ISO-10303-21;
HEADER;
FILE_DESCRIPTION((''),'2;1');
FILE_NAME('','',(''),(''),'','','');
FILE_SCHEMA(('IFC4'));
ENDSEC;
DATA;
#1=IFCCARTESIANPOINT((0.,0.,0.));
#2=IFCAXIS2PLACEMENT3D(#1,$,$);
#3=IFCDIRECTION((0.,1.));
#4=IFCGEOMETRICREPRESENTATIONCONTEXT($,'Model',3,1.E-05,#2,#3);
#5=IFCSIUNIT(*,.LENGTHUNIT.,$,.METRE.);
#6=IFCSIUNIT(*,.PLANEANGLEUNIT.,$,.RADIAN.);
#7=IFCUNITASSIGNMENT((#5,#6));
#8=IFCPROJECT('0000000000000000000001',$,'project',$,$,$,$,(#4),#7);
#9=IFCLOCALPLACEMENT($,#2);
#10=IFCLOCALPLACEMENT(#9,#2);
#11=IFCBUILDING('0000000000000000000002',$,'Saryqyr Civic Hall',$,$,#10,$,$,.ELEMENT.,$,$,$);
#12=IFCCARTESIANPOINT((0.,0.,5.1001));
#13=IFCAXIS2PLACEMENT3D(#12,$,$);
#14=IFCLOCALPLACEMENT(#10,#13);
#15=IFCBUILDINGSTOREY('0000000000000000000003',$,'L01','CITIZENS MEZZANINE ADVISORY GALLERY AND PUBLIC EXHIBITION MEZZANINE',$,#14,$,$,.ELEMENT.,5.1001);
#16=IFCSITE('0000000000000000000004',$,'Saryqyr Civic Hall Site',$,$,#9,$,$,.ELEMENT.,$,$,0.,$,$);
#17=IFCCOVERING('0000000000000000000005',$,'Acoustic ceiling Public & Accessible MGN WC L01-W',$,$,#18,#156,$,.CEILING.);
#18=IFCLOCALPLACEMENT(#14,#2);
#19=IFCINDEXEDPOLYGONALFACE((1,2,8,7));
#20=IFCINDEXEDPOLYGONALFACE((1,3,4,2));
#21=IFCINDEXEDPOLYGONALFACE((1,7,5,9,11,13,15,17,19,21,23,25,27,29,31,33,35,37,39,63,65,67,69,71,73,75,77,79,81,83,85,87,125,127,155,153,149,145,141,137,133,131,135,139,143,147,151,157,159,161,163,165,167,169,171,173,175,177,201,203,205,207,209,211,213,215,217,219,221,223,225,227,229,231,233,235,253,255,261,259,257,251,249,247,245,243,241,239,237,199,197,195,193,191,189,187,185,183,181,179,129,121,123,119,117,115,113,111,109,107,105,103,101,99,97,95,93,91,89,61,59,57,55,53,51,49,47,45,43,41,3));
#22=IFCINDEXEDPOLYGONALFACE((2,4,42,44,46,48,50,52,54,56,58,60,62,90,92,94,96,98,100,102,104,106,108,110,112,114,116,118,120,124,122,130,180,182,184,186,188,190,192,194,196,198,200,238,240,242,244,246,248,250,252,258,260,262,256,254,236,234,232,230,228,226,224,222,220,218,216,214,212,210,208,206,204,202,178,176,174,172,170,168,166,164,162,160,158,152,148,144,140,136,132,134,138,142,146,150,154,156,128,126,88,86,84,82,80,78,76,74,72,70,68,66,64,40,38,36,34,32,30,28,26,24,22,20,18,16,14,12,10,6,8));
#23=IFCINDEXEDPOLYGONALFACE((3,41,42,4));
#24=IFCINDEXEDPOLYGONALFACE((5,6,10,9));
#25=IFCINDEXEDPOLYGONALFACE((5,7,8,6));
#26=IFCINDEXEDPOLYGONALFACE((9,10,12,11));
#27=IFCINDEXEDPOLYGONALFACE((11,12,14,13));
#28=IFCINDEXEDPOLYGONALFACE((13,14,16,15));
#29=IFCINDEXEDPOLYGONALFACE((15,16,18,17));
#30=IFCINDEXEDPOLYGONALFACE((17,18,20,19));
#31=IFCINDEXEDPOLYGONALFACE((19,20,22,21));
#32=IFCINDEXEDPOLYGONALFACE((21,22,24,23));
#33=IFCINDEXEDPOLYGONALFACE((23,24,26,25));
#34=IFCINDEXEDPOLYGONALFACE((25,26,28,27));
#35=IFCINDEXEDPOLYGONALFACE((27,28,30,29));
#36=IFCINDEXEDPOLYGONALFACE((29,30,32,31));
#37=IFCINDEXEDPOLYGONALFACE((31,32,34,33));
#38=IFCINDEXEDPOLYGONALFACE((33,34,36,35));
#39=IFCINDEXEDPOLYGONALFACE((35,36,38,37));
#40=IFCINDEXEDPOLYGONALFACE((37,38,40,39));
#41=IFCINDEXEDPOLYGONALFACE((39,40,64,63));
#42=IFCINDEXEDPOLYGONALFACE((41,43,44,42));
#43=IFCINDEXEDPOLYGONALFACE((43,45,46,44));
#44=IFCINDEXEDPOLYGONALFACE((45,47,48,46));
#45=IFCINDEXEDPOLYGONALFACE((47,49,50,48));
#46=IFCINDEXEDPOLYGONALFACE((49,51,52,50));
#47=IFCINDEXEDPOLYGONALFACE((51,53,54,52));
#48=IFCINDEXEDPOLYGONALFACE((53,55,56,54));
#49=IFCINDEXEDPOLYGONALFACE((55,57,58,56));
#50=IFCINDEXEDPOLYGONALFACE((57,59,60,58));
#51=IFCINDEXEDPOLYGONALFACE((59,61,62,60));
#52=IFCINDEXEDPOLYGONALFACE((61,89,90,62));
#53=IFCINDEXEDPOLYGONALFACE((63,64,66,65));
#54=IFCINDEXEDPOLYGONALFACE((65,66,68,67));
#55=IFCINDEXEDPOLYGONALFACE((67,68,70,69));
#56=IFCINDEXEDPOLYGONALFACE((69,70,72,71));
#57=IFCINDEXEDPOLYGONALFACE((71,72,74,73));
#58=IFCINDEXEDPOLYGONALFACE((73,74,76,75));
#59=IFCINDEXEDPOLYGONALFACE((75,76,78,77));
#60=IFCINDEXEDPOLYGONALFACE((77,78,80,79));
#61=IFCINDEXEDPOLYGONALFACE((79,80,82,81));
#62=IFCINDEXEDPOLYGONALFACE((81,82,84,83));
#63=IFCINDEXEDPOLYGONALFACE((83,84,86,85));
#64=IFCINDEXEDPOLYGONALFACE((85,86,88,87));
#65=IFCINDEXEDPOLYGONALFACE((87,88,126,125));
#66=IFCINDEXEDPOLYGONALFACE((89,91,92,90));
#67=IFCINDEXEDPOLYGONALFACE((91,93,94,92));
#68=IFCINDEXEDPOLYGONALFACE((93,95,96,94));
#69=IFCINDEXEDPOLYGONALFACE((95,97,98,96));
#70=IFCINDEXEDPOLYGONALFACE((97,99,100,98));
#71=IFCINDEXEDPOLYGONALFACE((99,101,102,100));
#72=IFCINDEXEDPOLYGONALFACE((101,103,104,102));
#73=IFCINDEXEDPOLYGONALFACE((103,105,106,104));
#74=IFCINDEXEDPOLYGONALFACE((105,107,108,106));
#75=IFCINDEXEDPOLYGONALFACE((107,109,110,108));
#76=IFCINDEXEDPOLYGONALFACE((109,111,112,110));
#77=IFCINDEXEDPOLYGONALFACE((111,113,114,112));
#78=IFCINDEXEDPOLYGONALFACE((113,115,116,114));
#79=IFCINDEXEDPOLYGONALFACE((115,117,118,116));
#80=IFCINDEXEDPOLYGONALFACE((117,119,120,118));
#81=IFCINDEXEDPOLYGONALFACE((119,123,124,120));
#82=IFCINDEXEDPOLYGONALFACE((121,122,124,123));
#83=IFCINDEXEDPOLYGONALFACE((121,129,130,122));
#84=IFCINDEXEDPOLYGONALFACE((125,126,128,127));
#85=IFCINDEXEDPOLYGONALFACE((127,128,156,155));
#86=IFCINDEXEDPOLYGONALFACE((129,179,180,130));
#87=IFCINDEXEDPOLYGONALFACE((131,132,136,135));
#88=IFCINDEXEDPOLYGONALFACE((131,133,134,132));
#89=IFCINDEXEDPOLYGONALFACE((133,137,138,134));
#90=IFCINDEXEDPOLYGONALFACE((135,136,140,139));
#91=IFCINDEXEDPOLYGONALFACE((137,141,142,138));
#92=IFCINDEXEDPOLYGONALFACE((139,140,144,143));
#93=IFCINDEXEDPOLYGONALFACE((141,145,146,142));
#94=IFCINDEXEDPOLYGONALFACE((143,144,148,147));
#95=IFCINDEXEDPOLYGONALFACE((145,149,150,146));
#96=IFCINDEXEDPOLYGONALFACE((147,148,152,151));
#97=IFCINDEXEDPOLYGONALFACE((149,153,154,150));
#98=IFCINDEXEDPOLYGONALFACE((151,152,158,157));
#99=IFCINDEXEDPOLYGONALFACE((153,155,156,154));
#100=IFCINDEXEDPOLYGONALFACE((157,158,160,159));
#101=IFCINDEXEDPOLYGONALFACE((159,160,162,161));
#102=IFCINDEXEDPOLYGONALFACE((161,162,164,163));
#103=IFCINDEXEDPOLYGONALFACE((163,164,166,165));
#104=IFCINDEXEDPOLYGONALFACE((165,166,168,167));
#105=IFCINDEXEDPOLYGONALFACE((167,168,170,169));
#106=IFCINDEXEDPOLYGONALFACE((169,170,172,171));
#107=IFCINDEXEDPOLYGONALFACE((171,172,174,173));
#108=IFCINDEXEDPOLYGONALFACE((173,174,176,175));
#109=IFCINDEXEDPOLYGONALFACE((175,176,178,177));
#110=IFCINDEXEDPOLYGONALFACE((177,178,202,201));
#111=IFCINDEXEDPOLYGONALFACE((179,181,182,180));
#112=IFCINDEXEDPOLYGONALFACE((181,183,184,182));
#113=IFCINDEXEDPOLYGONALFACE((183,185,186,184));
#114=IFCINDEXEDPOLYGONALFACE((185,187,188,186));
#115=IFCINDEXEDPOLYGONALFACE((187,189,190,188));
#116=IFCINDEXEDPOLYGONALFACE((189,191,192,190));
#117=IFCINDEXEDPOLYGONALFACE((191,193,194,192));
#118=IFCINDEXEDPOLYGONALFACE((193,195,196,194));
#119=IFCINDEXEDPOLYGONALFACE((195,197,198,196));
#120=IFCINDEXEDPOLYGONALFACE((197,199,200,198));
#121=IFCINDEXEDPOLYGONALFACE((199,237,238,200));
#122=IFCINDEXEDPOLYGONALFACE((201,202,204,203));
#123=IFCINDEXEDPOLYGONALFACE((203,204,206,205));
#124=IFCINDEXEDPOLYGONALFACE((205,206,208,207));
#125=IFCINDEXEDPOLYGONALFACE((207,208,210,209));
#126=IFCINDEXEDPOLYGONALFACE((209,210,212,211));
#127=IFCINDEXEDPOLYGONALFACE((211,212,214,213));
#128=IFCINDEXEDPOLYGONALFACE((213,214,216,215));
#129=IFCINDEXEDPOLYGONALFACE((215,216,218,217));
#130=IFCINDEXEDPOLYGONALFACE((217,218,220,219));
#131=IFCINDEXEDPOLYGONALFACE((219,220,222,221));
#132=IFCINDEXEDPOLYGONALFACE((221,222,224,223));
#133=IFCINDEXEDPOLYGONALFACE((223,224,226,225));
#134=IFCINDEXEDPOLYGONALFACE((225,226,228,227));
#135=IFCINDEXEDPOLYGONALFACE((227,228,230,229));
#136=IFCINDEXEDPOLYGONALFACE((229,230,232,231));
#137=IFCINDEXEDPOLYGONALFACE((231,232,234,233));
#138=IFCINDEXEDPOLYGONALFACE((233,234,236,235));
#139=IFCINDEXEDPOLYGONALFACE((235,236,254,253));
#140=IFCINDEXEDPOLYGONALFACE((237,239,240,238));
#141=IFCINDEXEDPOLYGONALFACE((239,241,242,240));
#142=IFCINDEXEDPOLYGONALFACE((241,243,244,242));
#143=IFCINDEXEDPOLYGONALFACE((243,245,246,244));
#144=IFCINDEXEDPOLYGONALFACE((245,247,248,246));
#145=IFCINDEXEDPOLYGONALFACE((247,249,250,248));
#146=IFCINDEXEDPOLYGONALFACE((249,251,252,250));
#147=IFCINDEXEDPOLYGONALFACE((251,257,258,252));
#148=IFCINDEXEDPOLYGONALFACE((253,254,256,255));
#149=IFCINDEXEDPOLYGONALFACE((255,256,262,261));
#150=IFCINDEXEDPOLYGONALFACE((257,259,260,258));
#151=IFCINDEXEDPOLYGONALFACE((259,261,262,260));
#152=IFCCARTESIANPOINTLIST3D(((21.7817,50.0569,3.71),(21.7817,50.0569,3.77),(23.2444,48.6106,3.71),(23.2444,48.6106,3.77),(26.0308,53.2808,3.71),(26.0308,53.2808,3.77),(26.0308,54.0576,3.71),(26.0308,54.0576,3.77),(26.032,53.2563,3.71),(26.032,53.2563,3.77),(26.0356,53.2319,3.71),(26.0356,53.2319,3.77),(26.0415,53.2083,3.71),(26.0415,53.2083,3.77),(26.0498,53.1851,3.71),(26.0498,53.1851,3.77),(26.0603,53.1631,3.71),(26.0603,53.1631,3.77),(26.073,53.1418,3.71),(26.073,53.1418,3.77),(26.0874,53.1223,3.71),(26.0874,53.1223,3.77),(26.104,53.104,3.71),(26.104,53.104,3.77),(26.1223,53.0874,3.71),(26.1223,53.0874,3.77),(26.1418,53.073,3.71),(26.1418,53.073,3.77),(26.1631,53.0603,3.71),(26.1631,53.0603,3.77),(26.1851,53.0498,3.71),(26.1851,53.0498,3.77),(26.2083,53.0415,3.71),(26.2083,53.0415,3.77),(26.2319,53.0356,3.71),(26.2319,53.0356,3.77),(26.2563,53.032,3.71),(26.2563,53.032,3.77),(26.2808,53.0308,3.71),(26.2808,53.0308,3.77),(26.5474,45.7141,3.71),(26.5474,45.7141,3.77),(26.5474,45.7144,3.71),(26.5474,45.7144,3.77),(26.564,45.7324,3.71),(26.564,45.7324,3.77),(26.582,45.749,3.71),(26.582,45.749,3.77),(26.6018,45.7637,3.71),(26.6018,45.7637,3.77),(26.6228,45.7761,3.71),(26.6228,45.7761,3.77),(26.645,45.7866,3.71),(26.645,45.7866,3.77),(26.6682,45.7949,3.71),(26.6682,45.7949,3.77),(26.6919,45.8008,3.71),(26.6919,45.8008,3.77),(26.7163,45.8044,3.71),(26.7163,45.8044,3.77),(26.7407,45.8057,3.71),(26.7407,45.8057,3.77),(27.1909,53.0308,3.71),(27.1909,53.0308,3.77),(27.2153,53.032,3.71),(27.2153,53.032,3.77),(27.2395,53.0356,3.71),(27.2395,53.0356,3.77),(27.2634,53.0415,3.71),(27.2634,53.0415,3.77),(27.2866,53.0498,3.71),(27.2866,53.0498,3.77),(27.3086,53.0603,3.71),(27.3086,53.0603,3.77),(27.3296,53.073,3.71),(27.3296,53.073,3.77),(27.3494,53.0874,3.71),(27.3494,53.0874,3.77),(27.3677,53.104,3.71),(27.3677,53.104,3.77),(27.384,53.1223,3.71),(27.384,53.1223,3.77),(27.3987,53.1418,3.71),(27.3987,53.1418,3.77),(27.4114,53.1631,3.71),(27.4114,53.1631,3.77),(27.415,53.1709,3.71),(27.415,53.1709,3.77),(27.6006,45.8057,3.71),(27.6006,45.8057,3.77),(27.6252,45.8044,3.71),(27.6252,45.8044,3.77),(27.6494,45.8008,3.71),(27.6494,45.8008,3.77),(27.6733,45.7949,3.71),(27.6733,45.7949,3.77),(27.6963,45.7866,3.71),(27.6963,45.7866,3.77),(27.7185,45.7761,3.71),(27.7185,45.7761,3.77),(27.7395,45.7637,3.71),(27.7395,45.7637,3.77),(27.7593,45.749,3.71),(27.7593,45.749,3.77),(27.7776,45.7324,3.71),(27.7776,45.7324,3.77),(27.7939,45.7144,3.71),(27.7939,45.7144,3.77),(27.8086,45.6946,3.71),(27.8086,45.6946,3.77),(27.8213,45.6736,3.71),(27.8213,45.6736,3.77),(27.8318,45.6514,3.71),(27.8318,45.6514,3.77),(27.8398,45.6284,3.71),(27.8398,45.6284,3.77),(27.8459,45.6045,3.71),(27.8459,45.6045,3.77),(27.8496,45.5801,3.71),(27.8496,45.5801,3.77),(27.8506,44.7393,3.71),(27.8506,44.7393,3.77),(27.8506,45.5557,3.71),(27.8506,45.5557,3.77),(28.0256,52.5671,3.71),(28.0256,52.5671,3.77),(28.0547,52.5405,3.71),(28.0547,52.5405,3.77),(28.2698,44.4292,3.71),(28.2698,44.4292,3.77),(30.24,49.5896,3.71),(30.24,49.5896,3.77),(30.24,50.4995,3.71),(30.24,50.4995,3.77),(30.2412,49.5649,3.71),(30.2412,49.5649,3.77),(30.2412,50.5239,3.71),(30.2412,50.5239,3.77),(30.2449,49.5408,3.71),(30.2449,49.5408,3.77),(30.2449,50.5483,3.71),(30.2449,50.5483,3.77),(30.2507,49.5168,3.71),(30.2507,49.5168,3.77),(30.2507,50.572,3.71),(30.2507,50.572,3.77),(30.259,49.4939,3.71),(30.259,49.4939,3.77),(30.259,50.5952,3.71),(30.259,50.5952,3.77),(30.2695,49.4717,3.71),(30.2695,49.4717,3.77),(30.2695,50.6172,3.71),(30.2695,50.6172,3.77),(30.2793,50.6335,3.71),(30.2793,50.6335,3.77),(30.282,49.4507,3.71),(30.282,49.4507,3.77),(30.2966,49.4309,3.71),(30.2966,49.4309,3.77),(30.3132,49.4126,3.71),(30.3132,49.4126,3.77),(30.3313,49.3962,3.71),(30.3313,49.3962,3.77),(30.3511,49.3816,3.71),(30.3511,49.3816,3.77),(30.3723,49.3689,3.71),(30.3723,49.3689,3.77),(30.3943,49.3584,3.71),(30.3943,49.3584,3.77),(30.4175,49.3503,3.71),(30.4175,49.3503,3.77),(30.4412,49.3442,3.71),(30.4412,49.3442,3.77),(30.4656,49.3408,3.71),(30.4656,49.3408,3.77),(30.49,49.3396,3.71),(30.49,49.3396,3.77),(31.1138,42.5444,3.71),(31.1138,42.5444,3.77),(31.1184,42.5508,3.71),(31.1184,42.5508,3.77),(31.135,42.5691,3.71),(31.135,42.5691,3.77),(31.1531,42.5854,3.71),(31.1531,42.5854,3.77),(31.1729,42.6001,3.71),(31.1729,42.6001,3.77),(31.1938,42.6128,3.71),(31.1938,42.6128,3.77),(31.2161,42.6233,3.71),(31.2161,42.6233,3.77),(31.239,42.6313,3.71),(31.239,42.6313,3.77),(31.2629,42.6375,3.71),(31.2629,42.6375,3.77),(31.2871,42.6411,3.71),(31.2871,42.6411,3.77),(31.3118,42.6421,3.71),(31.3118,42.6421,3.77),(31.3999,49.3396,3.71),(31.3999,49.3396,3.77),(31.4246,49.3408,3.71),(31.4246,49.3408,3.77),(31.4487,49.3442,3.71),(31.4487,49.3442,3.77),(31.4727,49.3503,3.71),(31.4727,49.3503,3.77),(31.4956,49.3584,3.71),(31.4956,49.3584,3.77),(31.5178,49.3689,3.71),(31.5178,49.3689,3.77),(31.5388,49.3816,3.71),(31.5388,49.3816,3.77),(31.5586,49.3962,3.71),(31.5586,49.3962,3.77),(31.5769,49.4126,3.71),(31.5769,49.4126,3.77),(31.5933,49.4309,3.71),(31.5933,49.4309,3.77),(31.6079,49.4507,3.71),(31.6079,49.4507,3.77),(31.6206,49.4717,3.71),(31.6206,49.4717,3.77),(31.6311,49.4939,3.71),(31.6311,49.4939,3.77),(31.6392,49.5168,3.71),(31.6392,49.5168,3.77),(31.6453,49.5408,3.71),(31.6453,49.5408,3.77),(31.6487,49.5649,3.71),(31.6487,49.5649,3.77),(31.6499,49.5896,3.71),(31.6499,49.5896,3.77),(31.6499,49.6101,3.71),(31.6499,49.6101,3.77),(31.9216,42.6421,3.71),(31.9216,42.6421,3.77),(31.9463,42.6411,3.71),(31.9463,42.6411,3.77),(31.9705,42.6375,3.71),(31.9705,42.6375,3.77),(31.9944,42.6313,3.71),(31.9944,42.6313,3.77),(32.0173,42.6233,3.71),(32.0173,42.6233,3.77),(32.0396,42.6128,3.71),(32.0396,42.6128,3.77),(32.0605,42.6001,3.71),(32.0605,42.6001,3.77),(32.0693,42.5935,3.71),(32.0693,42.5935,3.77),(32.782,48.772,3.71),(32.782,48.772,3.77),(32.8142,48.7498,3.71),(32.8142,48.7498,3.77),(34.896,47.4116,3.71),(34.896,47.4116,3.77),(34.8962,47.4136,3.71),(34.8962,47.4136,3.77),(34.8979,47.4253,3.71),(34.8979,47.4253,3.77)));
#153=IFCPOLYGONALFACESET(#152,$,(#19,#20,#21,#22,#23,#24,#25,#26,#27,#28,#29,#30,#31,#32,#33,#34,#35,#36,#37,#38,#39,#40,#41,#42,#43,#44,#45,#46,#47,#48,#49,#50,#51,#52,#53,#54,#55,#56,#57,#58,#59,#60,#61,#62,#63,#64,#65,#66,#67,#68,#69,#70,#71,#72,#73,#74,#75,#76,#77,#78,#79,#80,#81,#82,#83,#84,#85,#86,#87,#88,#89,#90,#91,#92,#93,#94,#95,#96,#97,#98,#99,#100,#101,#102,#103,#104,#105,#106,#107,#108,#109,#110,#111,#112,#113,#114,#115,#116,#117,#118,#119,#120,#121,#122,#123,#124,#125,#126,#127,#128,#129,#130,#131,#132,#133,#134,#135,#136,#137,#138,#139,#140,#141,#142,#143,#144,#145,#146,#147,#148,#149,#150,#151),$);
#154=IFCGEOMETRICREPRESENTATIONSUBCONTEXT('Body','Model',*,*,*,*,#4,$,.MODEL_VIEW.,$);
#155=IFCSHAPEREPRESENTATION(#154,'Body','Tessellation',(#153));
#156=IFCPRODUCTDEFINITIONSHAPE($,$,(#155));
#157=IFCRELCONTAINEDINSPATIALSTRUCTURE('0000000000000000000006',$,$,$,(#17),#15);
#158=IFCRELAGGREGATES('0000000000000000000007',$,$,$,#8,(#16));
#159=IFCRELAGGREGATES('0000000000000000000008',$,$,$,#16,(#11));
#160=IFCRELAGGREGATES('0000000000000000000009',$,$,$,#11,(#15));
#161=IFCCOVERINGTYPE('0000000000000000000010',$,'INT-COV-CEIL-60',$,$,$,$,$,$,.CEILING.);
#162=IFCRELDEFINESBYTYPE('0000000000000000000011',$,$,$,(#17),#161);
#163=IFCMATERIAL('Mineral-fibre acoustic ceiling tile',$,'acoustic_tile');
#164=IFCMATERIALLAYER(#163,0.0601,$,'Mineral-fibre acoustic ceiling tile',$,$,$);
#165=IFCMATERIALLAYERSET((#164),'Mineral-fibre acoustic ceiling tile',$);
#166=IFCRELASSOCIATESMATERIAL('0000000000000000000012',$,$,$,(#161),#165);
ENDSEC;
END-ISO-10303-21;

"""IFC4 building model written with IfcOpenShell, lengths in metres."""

from ifc_helpers import new_model, si_unit, direction, frame, origin, place, context, subcontext, project, spatial, polyline, outline, extrude, material, layer, layer_set, type_object, element, save


model = new_model("IFC4")

# Units and contexts
model_context = context("Model", 3, precision=1e-05, world=origin(), true_north=direction((0.0, 1.0)))
body_context = subcontext(model_context, "Body", "Model", "MODEL_VIEW")
ifc_project = project(units=[si_unit("LENGTHUNIT", "METRE"), si_unit("PLANEANGLEUNIT", "RADIAN")], contexts=[model_context])

# Site, building, storey
site_placement = place(None, origin())
site = spatial("IfcSite", under=ifc_project, at=site_placement, Name="Saryqyr Civic Hall Site", CompositionType="ELEMENT", RefElevation=0.0)
building_placement = place(site_placement, origin())
building = spatial("IfcBuilding", under=site, at=building_placement, Name="Saryqyr Civic Hall", CompositionType="ELEMENT")
storey_placement = place(building_placement, frame((0.0, 0.0, 5.1001)))
storey = spatial("IfcBuildingStorey", under=building, at=storey_placement, Name="L01", Description="CITIZENS MEZZANINE ADVISORY GALLERY AND PUBLIC EXHIBITION MEZZANINE", CompositionType="ELEMENT", Elevation=5.1001)

# Covering
ifc_material_1 = material(Name="Mineral-fibre acoustic ceiling tile", Category="acoustic_tile")
ifc_layer_1 = layer(ifc_material_1, 0.0601, Name="Mineral-fibre acoustic ceiling tile")
ifc_layer_set_1 = layer_set([ifc_layer_1], Name="Mineral-fibre acoustic ceiling tile")
covering_type = type_object("IfcCoveringType", Name="INT-COV-CEIL-60", PredefinedType="CEILING", material=ifc_layer_set_1)
covering_1_placement = place(storey_placement, frame((0.0, 0.0, 3.71)))
element("IfcCovering", 1, at=covering_1_placement, inside=storey, type_object=covering_type, Name="Acoustic ceiling Public & Accessible MGN WC L01-W", PredefinedType="CEILING", context=body_context, shape_type="SweptSolid", body=[
    extrude(outline(polyline([(26.032, 53.2563), (26.0356, 53.2319), (26.0415, 53.2083), (26.0498, 53.1851), (26.0603, 53.1631), (26.073, 53.1418), (26.0874, 53.1223), (26.104, 53.104), (26.1223, 53.0874), (26.1418, 53.073), (26.1631, 53.0603), (26.1851, 53.0498), (26.2083, 53.0415), (26.2319, 53.0356), (26.2563, 53.032), (26.2808, 53.0308), (27.1909, 53.0308), (27.2153, 53.032), (27.2395, 53.0356), (27.2634, 53.0415), (27.2866, 53.0498), (27.3086, 53.0603), (27.3296, 53.073), (27.3494, 53.0874), (27.3677, 53.104), (27.384, 53.1223), (27.3987, 53.1418), (27.4114, 53.1631), (27.415, 53.1709), (28.0256, 52.5671), (28.0547, 52.5405), (30.2793, 50.6335), (30.2695, 50.6172), (30.259, 50.5952), (30.2507, 50.572), (30.2449, 50.5483), (30.2412, 50.5239), (30.24, 50.4995), (30.24, 49.5896), (30.2412, 49.5649), (30.2449, 49.5408), (30.2507, 49.5168), (30.259, 49.4939), (30.2695, 49.4717), (30.282, 49.4507), (30.2966, 49.4309), (30.3132, 49.4126), (30.3313, 49.3962), (30.3511, 49.3816), (30.3723, 49.3689), (30.3943, 49.3584), (30.4175, 49.3503), (30.4412, 49.3442), (30.4656, 49.3408), (30.49, 49.3396), (31.3999, 49.3396), (31.4246, 49.3408), (31.4487, 49.3442), (31.4727, 49.3503), (31.4956, 49.3584), (31.5178, 49.3689), (31.5388, 49.3816), (31.5586, 49.3962), (31.5769, 49.4126), (31.5933, 49.4309), (31.6079, 49.4507), (31.6206, 49.4717), (31.6311, 49.4939), (31.6392, 49.5168), (31.6453, 49.5408), (31.6487, 49.5649), (31.6499, 49.5896), (31.6499, 49.6101), (32.782, 48.772), (32.8142, 48.7498), (34.8979, 47.4253), (34.8962, 47.4136), (34.896, 47.4116), (32.0693, 42.5935), (32.0605, 42.6001), (32.0396, 42.6128), (32.0173, 42.6233), (31.9944, 42.6313), (31.9705, 42.6375), (31.9463, 42.6411), (31.9216, 42.6421), (31.3118, 42.6421), (31.2871, 42.6411), (31.2629, 42.6375), (31.239, 42.6313), (31.2161, 42.6233), (31.1938, 42.6128), (31.1729, 42.6001), (31.1531, 42.5854), (31.135, 42.5691), (31.1184, 42.5508), (31.1138, 42.5444), (28.2698, 44.4292), (27.8506, 44.7393), (27.8506, 45.5557), (27.8496, 45.5801), (27.8459, 45.6045), (27.8398, 45.6284), (27.8318, 45.6514), (27.8213, 45.6736), (27.8086, 45.6946), (27.7939, 45.7144), (27.7776, 45.7324), (27.7593, 45.749), (27.7395, 45.7637), (27.7185, 45.7761), (27.6963, 45.7866), (27.6733, 45.7949), (27.6494, 45.8008), (27.6252, 45.8044), (27.6006, 45.8057), (26.7407, 45.8057), (26.7163, 45.8044), (26.6919, 45.8008), (26.6682, 45.7949), (26.645, 45.7866), (26.6228, 45.7761), (26.6018, 45.7637), (26.582, 45.749), (26.564, 45.7324), (26.5474, 45.7144), (26.5474, 45.7141), (23.2444, 48.6106), (21.7817, 50.0569), (26.0308, 54.0576), (26.0308, 53.2808), (26.032, 53.2563)])), origin(), (0.0, 0.0, 1.0), 0.0601),
])

save(model, "model.ifc")
